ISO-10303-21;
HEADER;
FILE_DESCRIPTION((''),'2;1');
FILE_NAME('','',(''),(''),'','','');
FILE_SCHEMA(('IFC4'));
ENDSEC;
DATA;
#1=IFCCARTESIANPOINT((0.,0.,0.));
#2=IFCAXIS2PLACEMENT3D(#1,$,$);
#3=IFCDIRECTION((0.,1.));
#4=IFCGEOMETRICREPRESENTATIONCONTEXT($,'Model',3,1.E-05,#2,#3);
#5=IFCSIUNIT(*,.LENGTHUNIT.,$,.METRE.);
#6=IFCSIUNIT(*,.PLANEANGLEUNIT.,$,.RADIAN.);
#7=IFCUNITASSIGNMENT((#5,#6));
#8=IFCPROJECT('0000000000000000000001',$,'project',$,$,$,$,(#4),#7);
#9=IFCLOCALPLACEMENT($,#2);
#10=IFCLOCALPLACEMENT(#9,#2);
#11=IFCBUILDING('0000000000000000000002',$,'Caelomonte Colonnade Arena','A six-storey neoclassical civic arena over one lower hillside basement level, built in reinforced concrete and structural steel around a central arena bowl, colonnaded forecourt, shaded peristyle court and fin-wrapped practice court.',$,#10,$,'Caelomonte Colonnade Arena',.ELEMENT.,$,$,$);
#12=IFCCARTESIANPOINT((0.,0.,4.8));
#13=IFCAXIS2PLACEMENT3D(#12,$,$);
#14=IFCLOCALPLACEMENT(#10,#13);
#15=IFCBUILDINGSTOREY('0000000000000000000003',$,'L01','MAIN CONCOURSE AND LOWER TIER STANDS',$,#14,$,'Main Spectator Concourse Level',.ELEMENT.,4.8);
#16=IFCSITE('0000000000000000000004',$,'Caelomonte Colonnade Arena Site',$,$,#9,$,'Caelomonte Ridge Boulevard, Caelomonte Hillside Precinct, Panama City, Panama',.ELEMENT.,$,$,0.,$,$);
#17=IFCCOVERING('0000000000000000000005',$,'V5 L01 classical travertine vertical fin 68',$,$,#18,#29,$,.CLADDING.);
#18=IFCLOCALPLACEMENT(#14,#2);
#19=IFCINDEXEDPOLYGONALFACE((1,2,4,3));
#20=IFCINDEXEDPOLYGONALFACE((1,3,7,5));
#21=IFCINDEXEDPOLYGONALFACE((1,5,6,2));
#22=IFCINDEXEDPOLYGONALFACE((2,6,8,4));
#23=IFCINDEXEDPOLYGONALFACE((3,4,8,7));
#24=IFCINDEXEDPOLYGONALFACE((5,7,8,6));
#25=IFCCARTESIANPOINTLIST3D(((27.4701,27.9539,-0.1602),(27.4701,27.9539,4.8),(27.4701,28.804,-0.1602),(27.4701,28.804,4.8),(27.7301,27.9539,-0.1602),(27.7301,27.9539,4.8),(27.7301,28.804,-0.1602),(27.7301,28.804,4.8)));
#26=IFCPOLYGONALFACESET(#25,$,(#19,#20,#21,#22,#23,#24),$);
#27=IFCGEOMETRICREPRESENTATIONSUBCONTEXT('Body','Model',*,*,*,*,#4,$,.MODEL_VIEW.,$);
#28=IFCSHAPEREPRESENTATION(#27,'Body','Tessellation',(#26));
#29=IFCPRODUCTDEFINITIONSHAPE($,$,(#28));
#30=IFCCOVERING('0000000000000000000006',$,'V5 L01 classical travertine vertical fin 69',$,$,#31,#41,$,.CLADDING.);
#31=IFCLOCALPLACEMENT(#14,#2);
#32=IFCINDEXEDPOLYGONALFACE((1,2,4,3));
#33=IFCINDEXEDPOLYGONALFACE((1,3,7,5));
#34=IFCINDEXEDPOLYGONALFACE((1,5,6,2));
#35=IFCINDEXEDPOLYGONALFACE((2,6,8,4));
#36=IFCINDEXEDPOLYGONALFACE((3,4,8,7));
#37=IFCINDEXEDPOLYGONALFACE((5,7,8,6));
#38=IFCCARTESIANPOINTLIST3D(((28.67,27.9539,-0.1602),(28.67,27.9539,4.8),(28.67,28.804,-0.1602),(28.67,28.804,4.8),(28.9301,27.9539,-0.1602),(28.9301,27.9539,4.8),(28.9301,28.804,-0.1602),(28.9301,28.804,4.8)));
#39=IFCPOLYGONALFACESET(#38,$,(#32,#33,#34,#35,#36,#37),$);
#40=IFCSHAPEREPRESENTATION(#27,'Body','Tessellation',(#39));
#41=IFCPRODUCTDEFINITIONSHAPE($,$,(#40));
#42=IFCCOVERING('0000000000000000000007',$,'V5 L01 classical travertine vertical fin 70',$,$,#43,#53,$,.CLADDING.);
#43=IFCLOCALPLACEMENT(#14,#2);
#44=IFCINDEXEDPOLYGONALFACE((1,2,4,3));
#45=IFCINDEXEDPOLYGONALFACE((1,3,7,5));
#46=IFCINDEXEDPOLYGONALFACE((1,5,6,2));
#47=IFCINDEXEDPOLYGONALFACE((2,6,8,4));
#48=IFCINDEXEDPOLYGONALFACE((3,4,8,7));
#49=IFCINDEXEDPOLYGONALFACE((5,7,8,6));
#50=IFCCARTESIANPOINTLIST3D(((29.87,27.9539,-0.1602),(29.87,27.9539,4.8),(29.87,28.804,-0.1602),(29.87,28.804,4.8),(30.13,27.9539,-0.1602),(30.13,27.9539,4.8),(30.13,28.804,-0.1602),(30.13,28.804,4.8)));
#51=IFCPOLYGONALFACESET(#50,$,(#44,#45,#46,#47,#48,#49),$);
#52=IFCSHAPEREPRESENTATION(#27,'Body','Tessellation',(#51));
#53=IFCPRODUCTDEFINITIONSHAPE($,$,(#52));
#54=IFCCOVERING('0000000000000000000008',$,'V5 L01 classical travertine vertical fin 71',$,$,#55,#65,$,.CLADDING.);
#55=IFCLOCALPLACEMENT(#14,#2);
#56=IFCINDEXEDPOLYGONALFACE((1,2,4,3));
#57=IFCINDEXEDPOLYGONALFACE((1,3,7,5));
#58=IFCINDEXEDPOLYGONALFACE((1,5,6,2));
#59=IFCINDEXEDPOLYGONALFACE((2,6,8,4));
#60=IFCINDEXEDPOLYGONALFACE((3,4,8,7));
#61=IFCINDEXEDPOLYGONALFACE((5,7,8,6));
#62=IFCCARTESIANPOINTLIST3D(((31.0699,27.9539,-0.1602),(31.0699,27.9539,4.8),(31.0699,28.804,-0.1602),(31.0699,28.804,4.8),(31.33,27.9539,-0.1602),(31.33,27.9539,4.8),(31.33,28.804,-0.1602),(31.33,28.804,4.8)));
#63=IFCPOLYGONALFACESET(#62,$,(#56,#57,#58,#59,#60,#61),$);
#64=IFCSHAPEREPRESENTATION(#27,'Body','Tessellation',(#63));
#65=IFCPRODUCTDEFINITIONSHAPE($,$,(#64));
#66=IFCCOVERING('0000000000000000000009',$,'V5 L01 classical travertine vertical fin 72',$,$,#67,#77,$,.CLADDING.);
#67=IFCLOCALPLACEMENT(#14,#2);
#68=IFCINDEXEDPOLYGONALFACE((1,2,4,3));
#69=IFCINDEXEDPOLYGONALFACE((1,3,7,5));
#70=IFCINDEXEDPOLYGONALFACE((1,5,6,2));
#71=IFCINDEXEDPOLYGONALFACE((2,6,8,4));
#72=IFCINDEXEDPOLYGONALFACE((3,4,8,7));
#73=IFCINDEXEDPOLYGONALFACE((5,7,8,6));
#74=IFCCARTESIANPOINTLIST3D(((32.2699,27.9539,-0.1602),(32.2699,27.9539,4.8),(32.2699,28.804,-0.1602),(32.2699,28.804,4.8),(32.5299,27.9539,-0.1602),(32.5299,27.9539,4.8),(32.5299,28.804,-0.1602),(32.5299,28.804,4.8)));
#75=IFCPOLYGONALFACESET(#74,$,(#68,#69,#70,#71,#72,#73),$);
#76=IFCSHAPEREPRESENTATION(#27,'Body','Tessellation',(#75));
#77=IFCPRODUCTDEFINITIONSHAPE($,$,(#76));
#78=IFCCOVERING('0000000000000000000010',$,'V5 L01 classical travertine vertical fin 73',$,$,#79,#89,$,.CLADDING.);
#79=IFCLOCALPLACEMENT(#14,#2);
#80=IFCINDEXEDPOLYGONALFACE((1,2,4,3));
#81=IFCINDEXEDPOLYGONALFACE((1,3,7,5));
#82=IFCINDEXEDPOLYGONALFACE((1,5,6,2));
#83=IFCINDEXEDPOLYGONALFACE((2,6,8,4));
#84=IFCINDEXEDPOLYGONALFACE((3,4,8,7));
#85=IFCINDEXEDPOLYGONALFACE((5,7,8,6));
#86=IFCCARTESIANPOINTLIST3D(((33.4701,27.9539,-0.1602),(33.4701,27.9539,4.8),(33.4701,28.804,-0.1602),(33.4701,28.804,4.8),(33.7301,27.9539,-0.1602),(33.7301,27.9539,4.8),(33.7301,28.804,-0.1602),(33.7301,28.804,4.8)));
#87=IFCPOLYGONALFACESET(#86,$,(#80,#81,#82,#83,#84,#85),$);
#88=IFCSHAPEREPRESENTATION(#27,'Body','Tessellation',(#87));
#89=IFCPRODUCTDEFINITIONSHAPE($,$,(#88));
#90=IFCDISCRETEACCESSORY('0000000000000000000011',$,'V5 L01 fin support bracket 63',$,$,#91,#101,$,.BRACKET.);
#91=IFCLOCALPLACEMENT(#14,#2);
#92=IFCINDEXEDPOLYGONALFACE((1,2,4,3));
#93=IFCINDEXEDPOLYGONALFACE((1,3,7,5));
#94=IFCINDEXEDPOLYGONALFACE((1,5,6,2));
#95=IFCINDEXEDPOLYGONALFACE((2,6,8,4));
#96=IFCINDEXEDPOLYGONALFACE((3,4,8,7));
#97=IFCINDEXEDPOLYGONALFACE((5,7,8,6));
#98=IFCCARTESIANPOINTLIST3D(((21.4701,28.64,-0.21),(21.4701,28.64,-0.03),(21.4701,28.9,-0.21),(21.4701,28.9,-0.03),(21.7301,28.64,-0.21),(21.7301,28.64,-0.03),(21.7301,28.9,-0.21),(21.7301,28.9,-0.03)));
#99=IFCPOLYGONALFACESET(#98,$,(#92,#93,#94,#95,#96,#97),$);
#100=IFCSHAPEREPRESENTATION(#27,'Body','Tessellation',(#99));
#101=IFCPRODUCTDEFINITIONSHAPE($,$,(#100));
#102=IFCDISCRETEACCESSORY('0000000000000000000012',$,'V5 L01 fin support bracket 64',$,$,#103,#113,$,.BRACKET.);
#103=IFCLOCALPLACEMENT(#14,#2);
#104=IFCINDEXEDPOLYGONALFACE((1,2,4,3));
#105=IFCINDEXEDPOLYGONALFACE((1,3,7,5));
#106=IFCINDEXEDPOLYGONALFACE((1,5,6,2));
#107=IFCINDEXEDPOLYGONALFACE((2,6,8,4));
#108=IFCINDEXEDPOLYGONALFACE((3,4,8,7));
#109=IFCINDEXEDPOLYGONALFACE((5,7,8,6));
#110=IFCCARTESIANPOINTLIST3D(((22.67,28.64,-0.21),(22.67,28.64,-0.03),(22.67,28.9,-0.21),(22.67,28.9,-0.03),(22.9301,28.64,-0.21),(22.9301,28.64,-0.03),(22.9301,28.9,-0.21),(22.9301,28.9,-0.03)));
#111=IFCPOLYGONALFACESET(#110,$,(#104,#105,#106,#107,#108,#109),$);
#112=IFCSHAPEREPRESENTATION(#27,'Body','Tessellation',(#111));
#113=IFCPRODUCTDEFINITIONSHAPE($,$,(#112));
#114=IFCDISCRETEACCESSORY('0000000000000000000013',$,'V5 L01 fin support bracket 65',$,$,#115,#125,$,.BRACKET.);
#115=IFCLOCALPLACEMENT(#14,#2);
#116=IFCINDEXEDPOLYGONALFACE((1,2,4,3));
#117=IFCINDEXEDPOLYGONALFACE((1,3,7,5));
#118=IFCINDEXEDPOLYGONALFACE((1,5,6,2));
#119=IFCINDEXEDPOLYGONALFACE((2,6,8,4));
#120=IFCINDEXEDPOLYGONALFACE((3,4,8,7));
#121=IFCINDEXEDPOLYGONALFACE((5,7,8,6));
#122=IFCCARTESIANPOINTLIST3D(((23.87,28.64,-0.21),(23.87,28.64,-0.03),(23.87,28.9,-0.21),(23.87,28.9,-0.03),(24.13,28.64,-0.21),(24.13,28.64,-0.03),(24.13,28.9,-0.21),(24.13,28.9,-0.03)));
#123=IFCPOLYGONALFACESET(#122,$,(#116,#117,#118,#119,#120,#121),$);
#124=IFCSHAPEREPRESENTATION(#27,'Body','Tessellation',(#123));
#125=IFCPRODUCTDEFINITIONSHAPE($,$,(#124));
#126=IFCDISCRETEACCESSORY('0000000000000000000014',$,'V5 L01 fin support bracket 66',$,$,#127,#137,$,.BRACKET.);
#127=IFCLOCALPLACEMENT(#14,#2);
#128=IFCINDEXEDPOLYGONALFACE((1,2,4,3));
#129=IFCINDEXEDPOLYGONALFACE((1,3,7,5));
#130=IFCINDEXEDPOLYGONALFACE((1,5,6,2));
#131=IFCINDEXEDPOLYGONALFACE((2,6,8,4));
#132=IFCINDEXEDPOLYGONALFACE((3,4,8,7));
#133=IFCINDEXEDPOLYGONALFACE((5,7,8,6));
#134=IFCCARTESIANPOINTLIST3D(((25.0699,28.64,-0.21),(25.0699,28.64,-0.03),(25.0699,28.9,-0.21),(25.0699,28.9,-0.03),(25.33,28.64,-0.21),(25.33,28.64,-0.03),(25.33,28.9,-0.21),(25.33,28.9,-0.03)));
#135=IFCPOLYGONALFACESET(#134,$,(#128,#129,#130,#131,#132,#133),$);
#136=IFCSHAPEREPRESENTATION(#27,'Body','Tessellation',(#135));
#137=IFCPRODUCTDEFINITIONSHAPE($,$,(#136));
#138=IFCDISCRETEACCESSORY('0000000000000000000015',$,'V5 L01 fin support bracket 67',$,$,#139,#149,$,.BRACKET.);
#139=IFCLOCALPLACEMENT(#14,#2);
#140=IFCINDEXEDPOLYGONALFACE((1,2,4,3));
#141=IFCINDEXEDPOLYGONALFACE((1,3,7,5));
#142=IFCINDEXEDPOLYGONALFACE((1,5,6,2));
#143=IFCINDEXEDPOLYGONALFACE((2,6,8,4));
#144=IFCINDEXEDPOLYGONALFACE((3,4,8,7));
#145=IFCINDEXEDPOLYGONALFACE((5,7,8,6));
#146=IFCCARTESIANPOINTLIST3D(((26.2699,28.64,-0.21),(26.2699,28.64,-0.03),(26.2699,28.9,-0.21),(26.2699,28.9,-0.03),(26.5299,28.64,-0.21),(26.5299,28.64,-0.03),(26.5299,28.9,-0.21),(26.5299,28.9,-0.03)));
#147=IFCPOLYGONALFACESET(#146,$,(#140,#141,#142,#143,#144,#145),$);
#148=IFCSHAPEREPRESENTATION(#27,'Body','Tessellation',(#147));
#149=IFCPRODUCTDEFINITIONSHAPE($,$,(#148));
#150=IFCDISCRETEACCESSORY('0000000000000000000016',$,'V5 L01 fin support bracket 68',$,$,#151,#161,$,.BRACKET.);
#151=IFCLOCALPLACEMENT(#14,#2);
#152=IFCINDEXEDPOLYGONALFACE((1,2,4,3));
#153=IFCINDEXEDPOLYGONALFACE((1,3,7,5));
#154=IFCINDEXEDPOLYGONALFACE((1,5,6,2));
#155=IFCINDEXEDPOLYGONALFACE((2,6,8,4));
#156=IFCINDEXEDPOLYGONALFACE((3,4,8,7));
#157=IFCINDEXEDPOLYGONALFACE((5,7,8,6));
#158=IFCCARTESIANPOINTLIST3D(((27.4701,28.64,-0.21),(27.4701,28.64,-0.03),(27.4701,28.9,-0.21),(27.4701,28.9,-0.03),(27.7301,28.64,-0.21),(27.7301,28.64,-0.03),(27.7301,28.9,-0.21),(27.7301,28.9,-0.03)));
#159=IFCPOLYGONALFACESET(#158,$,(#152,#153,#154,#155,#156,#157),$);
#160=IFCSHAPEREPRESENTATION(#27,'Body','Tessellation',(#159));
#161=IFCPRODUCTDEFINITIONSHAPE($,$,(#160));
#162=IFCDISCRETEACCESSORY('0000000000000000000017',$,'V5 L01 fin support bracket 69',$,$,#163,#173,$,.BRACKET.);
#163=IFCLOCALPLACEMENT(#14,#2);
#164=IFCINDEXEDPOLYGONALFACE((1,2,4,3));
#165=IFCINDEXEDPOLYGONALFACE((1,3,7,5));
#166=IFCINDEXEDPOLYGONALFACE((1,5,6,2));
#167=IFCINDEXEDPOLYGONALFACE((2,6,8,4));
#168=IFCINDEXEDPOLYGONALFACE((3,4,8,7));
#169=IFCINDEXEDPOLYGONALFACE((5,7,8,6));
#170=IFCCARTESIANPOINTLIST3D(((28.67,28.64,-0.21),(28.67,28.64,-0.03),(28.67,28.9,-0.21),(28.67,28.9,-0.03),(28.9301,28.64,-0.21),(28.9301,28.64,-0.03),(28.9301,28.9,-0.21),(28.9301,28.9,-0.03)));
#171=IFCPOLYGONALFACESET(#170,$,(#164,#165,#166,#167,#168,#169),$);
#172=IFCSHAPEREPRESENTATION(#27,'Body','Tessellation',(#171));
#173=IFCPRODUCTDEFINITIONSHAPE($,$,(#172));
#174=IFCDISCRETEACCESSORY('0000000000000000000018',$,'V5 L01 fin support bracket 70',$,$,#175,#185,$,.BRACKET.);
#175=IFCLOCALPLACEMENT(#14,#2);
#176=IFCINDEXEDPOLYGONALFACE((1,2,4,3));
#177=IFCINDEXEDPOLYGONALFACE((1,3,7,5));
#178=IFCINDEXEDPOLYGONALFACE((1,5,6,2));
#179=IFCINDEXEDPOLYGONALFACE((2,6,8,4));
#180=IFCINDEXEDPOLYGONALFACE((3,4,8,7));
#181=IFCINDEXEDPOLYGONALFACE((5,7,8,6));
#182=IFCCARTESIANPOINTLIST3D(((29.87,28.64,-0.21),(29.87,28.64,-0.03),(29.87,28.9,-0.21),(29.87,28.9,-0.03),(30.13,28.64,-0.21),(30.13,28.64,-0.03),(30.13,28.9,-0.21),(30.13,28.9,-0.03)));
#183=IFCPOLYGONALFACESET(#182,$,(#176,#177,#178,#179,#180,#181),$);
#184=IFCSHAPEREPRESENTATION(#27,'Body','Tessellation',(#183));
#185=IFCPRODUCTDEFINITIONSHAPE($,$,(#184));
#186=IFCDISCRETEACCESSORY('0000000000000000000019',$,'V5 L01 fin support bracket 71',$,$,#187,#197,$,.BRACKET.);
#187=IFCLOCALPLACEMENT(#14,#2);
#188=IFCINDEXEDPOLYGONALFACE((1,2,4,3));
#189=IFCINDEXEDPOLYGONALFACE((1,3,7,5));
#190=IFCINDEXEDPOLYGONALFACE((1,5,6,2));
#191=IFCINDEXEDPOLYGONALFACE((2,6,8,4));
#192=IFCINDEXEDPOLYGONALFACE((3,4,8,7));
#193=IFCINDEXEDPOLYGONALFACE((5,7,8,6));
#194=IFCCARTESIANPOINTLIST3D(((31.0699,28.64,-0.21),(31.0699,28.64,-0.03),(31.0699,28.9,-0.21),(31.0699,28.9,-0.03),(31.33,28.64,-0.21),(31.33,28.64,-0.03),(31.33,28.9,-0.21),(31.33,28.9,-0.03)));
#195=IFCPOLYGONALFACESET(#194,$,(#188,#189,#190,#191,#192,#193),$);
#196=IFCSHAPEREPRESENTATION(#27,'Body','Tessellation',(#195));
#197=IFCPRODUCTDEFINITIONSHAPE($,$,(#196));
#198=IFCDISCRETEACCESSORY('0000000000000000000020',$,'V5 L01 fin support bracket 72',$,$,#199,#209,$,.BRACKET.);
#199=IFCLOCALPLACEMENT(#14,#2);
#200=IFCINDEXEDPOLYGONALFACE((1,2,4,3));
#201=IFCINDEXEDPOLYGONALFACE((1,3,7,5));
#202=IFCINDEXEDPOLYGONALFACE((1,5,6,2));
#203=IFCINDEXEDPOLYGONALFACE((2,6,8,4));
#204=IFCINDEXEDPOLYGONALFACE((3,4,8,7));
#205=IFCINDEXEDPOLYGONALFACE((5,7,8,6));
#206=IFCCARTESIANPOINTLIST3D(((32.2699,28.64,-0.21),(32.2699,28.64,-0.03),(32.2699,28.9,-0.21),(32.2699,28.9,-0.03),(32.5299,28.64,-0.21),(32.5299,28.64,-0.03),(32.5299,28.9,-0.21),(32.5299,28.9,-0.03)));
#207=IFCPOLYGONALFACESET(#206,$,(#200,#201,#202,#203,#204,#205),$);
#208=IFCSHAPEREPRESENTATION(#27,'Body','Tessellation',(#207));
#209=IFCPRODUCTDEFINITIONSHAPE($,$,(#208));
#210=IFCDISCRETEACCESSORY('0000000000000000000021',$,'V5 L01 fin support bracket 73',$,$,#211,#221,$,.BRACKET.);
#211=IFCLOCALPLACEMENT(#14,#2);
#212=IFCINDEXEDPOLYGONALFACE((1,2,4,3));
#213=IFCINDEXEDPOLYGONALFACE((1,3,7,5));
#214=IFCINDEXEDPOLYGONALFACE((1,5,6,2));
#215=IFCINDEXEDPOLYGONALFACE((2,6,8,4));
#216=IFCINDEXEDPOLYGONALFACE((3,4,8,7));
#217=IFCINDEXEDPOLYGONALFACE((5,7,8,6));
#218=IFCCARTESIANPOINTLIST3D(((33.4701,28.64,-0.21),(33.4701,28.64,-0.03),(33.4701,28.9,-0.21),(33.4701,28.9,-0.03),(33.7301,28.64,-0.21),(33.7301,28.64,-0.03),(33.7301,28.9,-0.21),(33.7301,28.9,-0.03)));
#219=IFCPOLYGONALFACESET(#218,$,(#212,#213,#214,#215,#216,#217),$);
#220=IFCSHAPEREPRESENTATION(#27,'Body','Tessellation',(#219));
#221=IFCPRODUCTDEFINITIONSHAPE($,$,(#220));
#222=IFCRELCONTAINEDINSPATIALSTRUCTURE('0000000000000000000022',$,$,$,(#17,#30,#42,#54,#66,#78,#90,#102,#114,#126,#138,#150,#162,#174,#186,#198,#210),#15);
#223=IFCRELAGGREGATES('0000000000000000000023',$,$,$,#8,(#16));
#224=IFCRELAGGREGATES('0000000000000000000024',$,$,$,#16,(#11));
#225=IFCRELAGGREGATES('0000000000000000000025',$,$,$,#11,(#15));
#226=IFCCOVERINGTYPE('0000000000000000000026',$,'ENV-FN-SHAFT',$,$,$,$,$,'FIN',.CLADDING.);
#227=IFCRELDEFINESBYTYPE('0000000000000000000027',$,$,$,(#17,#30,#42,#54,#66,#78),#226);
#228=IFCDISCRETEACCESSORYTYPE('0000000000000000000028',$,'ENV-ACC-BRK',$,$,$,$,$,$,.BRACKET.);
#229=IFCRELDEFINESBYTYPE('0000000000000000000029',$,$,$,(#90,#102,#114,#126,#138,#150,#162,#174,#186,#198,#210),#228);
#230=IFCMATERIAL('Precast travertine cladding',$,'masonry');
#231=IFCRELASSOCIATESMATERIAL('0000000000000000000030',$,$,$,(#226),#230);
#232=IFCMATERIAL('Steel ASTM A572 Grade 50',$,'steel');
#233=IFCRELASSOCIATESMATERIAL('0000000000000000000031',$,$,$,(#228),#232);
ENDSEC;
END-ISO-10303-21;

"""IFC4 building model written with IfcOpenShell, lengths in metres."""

from ifc_helpers import new_model, si_unit, direction, frame, origin, origin_2d, place, context, subcontext, project, spatial, rectangle, extrude, material, material_profile, profile_set, type_object, element, save


model = new_model("IFC4")

# Units and contexts
model_context = context("Model", 3, precision=1e-05, world=origin(), true_north=direction((0.0, 1.0)))
body_context = subcontext(model_context, "Body", "Model", "MODEL_VIEW")
ifc_project = project(units=[si_unit("LENGTHUNIT", "METRE"), si_unit("PLANEANGLEUNIT", "RADIAN")], contexts=[model_context])

# Site, building, storey
site_placement = place(None, origin())
site = spatial("IfcSite", under=ifc_project, at=site_placement, Name="Caelomonte Colonnade Arena Site", LongName="Caelomonte Ridge Boulevard, Caelomonte Hillside Precinct, Panama City, Panama", CompositionType="ELEMENT", RefElevation=0.0)
building_placement = place(site_placement, origin())
building = spatial("IfcBuilding", under=site, at=building_placement, Name="Caelomonte Colonnade Arena", Description="A six-storey neoclassical civic arena over one lower hillside basement level, built in reinforced concrete and structural steel around a central arena bowl, colonnaded forecourt, shaded peristyle court and fin-wrapped practice court.", LongName="Caelomonte Colonnade Arena", CompositionType="ELEMENT")
storey_placement = place(building_placement, frame((0.0, 0.0, 4.8)))
storey = spatial("IfcBuildingStorey", under=building, at=storey_placement, Name="L01", Description="MAIN CONCOURSE AND LOWER TIER STANDS", LongName="Main Spectator Concourse Level", CompositionType="ELEMENT", Elevation=4.8)

# Coverings
ifc_material_1 = material(Name="Precast travertine cladding", Category="masonry")
ifc_material_profile_1 = material_profile(ifc_material_1, rectangle(XDim=0.26, YDim=0.8501, at=origin_2d()), Name="FIN260X850")
ifc_profile_set_1 = profile_set([ifc_material_profile_1], Name="Precast travertine cladding")
covering_type = type_object("IfcCoveringType", Name="ENV-FN-SHAFT", ElementType="FIN", PredefinedType="CLADDING", material=ifc_profile_set_1)
for number, where, z_axis, x_axis, name in (
    (1, (27.6001, 28.3789, -0.1602), (0.0, 0.0, 1.0), (-1.0, 0.0, 0.0), "V5 L01 classical travertine vertical fin 68"),
    (2, (28.8, 28.3789, -0.1602), (0.0, 0.0, 1.0), (-1.0, 0.0, 0.0), "V5 L01 classical travertine vertical fin 69"),
    (3, (30.0, 28.3789, -0.1602), (0.0, 0.0, 1.0), (-1.0, 0.0, 0.0), "V5 L01 classical travertine vertical fin 70"),
    (4, (31.2, 28.3789, -0.1602), (0.0, 0.0, 1.0), (-1.0, 0.0, 0.0), "V5 L01 classical travertine vertical fin 71"),
    (5, (32.3999, 28.3789, -0.1602), (0.0, 0.0, 1.0), (-1.0, 0.0, 0.0), "V5 L01 classical travertine vertical fin 72"),
    (6, (33.6001, 28.3789, -0.1602), (0.0, 0.0, 1.0), (-1.0, 0.0, 0.0), "V5 L01 classical travertine vertical fin 73"),
):
    element("IfcCovering", number, at=place(storey_placement, frame(where, z_axis=z_axis, x_axis=x_axis)), inside=storey, type_object=covering_type, Name=name, PredefinedType="CLADDING", context=body_context, shape_type="SweptSolid", body=[
        extrude(rectangle(XDim=0.26, YDim=0.8501, at=origin_2d()), origin(), (0.0, 0.0, 1.0), 4.9602),
    ])

# Discrete accessories
ifc_material_2 = material(Name="Steel ASTM A572 Grade 50", Category="steel")
discrete_accessory_type = type_object("IfcDiscreteAccessoryType", Name="ENV-ACC-BRK", PredefinedType="BRACKET", material=ifc_material_2)
for number, where, z_axis, x_axis, name in (
    (7, (21.6001, 28.77, -0.21), (0.0, 0.0, 1.0), (1.0, 0.0, 0.0), "V5 L01 fin support bracket 63"),
    (8, (22.8, 28.77, -0.21), (0.0, 0.0, 1.0), (1.0, 0.0, 0.0), "V5 L01 fin support bracket 64"),
    (9, (24.0, 28.77, -0.21), (0.0, 0.0, 1.0), (1.0, 0.0, 0.0), "V5 L01 fin support bracket 65"),
    (10, (25.2, 28.77, -0.21), (0.0, 0.0, 1.0), (1.0, 0.0, 0.0), "V5 L01 fin support bracket 66"),
    (11, (26.3999, 28.77, -0.21), (0.0, 0.0, 1.0), (1.0, 0.0, 0.0), "V5 L01 fin support bracket 67"),
    (12, (27.6001, 28.77, -0.21), (0.0, 0.0, 1.0), (1.0, 0.0, 0.0), "V5 L01 fin support bracket 68"),
    (13, (28.8, 28.77, -0.21), (0.0, 0.0, 1.0), (1.0, 0.0, 0.0), "V5 L01 fin support bracket 69"),
    (14, (30.0, 28.77, -0.21), (0.0, 0.0, 1.0), (1.0, 0.0, 0.0), "V5 L01 fin support bracket 70"),
    (15, (31.2, 28.77, -0.21), (0.0, 0.0, 1.0), (1.0, 0.0, 0.0), "V5 L01 fin support bracket 71"),
    (16, (32.3999, 28.77, -0.21), (0.0, 0.0, 1.0), (1.0, 0.0, 0.0), "V5 L01 fin support bracket 72"),
    (17, (33.6001, 28.77, -0.21), (0.0, 0.0, 1.0), (1.0, 0.0, 0.0), "V5 L01 fin support bracket 73"),
):
    element("IfcDiscreteAccessory", number, at=place(storey_placement, frame(where, z_axis=z_axis, x_axis=x_axis)), inside=storey, type_object=discrete_accessory_type, Name=name, PredefinedType="BRACKET", context=body_context, shape_type="SweptSolid", body=[
        extrude(rectangle(XDim=0.26, YDim=0.26, at=origin_2d()), origin(), (0.0, 0.0, 1.0), 0.1799),
    ])

save(model, "model.ifc")
